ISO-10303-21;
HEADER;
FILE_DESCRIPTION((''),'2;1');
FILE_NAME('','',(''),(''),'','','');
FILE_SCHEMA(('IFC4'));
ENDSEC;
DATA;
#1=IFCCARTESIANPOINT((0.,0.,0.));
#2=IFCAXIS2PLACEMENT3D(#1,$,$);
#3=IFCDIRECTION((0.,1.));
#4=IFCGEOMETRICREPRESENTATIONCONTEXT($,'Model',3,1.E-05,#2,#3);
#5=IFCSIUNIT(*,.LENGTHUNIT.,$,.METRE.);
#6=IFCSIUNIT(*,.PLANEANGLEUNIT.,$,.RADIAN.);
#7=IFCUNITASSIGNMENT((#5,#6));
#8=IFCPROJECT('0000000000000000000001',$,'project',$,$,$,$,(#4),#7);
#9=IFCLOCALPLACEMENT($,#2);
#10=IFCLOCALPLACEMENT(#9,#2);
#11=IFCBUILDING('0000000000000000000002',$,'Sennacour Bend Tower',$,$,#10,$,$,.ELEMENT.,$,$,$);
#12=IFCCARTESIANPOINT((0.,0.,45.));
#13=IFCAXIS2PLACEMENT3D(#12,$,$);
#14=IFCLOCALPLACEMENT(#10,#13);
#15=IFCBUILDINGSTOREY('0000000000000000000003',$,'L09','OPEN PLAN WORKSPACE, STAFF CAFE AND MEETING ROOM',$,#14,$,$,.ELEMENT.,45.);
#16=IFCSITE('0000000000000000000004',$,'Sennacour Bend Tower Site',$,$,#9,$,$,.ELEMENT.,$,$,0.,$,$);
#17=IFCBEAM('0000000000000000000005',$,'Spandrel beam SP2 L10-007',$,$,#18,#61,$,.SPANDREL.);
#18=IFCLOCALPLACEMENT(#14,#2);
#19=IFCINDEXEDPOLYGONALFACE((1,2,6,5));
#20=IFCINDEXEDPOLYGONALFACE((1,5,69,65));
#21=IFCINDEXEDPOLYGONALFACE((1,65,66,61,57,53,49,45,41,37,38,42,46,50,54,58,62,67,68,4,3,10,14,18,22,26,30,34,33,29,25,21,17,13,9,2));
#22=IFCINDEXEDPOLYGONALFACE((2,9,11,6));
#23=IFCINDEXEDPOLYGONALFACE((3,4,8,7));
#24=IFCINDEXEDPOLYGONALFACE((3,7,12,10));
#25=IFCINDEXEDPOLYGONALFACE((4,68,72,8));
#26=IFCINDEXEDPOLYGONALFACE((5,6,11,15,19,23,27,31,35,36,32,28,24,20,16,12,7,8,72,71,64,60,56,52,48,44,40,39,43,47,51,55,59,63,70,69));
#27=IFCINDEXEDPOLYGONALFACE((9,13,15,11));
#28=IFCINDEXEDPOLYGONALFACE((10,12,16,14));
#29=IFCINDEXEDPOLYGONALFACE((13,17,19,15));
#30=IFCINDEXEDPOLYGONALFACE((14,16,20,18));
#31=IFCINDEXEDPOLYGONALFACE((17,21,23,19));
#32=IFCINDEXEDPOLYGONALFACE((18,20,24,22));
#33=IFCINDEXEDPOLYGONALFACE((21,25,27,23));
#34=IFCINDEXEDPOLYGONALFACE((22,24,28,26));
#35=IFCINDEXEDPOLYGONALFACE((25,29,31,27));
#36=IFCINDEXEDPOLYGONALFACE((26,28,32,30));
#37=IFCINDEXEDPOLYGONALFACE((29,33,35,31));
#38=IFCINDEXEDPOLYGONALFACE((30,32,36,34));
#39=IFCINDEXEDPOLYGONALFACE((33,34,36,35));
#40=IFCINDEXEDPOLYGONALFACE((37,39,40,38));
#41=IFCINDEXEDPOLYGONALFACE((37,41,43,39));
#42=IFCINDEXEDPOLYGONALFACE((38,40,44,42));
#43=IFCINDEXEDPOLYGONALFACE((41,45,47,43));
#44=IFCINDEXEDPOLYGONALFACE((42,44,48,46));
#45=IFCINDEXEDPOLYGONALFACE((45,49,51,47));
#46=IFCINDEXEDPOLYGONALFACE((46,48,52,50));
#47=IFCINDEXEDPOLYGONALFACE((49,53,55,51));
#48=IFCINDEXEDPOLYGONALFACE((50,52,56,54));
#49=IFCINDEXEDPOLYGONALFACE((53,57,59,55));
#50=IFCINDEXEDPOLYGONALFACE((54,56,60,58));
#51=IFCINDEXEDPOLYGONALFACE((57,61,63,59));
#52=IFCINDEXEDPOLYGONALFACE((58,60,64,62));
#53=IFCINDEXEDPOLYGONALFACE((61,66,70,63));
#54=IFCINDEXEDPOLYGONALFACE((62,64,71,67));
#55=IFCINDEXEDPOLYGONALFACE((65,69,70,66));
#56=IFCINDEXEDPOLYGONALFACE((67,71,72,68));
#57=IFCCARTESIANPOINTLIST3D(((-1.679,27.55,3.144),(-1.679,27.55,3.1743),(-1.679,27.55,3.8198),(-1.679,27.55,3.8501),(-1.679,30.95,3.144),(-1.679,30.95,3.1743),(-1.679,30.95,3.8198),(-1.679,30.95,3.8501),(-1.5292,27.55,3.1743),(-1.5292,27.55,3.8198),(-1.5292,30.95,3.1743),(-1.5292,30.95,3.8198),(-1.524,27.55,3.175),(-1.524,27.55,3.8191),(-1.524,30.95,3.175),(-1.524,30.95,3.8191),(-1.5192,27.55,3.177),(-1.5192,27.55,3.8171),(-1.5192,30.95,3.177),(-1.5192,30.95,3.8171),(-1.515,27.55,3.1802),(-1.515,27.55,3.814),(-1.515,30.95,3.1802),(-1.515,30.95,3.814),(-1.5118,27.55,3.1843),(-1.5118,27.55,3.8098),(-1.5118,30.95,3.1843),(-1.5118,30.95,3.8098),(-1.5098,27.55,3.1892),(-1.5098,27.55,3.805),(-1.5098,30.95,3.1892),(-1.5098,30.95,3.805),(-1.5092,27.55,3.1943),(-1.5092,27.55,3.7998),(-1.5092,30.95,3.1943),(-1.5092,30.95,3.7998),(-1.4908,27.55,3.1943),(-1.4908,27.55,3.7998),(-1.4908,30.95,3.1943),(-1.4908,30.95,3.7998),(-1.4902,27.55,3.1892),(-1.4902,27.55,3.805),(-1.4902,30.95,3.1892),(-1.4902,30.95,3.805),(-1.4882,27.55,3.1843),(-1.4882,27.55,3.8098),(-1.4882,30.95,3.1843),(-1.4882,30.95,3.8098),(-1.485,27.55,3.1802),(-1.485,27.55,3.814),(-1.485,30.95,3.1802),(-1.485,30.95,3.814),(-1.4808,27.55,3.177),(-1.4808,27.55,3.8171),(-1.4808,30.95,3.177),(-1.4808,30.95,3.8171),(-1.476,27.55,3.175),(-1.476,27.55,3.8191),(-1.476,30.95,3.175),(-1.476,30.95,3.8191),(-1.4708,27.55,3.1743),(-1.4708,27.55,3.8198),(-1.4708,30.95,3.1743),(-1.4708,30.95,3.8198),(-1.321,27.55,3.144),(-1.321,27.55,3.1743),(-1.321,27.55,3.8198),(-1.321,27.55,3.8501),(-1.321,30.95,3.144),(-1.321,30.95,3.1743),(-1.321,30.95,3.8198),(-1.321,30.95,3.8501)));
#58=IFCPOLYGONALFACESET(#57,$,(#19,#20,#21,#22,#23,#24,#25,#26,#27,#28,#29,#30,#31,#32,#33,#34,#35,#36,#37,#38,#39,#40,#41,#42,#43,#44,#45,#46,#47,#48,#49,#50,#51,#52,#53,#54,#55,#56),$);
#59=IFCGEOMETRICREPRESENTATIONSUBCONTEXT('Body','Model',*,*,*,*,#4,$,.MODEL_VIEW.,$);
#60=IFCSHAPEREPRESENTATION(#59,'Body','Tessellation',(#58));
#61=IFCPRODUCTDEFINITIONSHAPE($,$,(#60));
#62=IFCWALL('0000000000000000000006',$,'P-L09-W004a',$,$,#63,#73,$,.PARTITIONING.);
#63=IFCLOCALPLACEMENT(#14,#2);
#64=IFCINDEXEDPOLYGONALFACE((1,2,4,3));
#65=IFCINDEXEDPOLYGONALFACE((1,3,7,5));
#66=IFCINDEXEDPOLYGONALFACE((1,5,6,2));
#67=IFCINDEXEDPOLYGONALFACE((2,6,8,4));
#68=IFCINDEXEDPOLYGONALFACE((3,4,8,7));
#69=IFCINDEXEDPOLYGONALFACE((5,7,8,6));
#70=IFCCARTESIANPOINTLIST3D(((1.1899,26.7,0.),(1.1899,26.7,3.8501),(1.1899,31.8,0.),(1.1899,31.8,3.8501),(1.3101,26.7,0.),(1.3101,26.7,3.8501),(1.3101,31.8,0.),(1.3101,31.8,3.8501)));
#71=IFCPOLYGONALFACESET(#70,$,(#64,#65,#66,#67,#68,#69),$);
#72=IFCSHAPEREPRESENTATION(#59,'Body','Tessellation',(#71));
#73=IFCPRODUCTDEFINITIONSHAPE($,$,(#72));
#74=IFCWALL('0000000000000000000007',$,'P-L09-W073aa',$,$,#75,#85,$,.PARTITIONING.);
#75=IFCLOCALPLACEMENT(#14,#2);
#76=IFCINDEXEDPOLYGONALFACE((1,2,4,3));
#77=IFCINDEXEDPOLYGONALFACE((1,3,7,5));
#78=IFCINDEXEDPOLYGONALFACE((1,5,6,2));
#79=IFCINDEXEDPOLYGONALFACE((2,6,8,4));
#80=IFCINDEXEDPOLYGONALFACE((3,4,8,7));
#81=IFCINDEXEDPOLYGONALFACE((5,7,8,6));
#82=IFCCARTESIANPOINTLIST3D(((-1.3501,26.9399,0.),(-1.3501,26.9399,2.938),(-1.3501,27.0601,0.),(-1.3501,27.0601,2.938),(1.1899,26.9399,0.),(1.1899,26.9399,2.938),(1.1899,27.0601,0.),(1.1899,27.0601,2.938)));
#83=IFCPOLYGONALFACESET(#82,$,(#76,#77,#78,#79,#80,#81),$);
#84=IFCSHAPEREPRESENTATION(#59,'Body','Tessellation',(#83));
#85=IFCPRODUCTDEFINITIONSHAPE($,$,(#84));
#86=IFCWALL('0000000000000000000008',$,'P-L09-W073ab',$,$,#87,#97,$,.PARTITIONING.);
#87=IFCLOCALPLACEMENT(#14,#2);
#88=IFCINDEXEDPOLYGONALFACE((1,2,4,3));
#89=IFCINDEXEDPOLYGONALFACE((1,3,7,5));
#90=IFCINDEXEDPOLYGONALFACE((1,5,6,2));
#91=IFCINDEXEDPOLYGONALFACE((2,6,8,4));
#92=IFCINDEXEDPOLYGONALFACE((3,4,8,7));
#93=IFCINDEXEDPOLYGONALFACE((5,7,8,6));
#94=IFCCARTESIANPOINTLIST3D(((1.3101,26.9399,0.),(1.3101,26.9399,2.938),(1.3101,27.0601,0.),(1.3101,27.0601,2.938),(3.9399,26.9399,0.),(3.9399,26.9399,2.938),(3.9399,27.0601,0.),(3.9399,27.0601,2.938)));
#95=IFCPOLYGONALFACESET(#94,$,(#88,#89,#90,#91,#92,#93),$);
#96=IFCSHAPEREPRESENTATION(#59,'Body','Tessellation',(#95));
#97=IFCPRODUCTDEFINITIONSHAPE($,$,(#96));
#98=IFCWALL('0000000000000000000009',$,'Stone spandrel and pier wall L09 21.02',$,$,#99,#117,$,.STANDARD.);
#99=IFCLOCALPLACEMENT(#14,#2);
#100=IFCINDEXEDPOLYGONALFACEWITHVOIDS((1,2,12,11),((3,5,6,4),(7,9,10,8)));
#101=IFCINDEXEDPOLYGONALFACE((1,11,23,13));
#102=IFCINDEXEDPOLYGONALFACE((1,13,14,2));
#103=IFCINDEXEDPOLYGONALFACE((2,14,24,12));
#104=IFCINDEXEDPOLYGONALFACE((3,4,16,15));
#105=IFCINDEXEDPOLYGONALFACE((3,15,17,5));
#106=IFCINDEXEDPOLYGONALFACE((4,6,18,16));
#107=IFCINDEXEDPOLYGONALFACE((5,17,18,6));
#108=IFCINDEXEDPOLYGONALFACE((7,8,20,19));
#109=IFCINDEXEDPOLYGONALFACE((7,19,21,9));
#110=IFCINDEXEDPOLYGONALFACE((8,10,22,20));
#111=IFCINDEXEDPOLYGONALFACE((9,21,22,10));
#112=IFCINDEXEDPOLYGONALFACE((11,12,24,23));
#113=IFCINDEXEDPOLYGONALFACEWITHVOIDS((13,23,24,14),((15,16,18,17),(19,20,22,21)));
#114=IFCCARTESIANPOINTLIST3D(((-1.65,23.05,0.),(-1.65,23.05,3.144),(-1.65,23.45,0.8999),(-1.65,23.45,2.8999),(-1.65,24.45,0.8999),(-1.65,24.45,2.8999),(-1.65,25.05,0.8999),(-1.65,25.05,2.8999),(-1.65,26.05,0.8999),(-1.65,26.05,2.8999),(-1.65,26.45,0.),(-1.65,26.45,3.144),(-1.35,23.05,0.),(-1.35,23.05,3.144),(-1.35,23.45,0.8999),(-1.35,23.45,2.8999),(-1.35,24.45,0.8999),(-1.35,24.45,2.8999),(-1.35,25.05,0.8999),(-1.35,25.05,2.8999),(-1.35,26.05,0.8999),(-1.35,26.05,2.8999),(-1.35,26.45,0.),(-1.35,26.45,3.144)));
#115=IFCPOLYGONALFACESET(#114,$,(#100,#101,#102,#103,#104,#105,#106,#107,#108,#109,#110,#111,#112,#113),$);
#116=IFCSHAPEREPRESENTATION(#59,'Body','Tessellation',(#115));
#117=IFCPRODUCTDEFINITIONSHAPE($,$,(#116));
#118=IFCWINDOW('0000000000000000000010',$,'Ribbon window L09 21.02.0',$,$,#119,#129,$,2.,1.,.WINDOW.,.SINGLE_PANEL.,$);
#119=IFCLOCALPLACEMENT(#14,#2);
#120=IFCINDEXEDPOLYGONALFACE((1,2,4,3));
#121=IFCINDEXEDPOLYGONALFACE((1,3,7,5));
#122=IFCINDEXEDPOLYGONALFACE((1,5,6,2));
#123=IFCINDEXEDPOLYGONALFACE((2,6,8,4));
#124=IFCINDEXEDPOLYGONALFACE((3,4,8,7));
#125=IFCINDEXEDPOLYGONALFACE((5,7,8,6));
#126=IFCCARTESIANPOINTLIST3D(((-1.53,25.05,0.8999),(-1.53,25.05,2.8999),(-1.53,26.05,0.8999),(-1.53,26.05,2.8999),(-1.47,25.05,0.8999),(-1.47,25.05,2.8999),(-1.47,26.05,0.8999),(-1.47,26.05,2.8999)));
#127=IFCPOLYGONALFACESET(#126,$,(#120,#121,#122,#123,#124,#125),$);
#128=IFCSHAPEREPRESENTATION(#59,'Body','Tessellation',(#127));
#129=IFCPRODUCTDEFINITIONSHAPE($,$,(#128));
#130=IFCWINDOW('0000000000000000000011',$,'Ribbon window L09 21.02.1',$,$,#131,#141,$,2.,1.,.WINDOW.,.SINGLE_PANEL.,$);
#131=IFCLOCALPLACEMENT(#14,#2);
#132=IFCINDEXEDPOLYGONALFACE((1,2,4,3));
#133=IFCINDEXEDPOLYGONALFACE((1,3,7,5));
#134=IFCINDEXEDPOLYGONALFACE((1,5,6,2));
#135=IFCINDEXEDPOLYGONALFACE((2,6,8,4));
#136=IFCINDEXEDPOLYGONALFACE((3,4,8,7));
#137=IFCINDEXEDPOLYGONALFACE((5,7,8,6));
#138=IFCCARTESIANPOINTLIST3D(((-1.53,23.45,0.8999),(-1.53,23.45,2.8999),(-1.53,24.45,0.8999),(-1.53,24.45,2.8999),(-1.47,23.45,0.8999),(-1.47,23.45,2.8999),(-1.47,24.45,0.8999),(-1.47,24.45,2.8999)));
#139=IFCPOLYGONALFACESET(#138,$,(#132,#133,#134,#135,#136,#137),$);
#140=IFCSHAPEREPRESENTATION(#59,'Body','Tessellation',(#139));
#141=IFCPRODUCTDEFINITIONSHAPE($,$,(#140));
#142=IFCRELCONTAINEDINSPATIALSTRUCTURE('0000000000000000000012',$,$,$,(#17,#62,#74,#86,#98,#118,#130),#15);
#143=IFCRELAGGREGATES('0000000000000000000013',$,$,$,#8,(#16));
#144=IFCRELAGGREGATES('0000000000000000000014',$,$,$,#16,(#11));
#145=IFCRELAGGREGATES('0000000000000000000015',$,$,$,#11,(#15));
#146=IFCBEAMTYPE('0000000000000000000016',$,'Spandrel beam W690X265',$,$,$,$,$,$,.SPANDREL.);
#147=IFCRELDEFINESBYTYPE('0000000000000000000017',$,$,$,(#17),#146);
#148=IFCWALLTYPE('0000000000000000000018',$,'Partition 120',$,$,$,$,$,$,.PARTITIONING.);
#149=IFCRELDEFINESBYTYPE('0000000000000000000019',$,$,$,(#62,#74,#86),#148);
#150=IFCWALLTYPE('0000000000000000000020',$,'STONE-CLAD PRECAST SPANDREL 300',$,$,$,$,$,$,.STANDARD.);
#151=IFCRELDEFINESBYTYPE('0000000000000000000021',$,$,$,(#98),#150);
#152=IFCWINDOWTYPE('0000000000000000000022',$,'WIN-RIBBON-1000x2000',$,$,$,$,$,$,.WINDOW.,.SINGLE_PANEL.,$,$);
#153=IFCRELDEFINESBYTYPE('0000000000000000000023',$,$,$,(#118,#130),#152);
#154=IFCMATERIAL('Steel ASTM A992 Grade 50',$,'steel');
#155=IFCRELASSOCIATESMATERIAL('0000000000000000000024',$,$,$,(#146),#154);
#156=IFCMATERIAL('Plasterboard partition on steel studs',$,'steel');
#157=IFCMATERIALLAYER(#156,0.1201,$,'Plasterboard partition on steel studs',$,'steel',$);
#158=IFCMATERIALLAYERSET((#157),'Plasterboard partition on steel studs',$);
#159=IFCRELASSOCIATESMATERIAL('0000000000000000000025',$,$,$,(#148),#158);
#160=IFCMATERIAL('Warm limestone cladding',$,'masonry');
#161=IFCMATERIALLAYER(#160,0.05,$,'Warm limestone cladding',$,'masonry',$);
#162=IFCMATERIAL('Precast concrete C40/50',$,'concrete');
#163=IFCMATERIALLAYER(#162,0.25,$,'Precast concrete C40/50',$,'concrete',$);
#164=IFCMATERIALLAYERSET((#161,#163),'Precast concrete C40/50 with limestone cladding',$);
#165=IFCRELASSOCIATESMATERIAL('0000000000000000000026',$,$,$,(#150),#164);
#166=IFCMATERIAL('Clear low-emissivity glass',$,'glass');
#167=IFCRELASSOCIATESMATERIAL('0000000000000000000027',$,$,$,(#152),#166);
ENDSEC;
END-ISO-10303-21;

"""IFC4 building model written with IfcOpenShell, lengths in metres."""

from ifc_helpers import new_model, si_unit, direction, frame, frame_2d, origin, origin_2d, place, context, subcontext, project, spatial, rectangle, i_section, extrude, material, layer, layer_set, material_profile, profile_set, type_object, element, fill, save


model = new_model("IFC4")

# Units and contexts
model_context = context("Model", 3, precision=1e-05, world=origin(), true_north=direction((0.0, 1.0)))
body_context = subcontext(model_context, "Body", "Model", "MODEL_VIEW")
ifc_project = project(units=[si_unit("LENGTHUNIT", "METRE"), si_unit("PLANEANGLEUNIT", "RADIAN")], contexts=[model_context])

# Site, building, storey
site_placement = place(None, origin())
site = spatial("IfcSite", under=ifc_project, at=site_placement, Name="Sennacour Bend Tower Site", CompositionType="ELEMENT", RefElevation=0.0)
building_placement = place(site_placement, origin())
building = spatial("IfcBuilding", under=site, at=building_placement, Name="Sennacour Bend Tower", CompositionType="ELEMENT")
storey_placement = place(building_placement, frame((0.0, 0.0, 45.0)))
storey = spatial("IfcBuildingStorey", under=building, at=storey_placement, Name="L09", Description="OPEN PLAN WORKSPACE, STAFF CAFE AND MEETING ROOM", CompositionType="ELEMENT", Elevation=45.0)

# Beam
ifc_material_1 = material(Name="Steel ASTM A992 Grade 50", Category="steel")
ifc_material_profile_1 = material_profile(ifc_material_1, i_section(OverallWidth=0.3579, OverallDepth=0.7061, WebThickness=0.0183, FlangeThickness=0.0303, FilletRadius=0.02, at=origin_2d()), Name="Steel ASTM A992 Grade 50", Category="steel")
ifc_profile_set_1 = profile_set([ifc_material_profile_1], Name="Steel ASTM A992 Grade 50")
beam_type_1 = type_object("IfcBeamType", Name="Spandrel beam W690X265", PredefinedType="SPANDREL", material=ifc_profile_set_1)
for number, where, z_axis, x_axis, name in (
    (1, (-1.5, 27.55, 3.4971), (0.0, 1.0, 0.0), (-1.0, 0.0, 0.0), "Spandrel beam SP2 L10-007"),
):
    element("IfcBeam", number, at=place(storey_placement, frame(where, z_axis=z_axis, x_axis=x_axis)), inside=storey, type_object=beam_type_1, Name=name, PredefinedType="SPANDREL", context=body_context, shape_type="SweptSolid", body=[
        extrude(i_section(OverallWidth=0.3579, OverallDepth=0.7061, WebThickness=0.0183, FlangeThickness=0.0303, FilletRadius=0.02, at=origin_2d()), origin(), (0.0, 0.0, 1.0), 3.3999),
    ])

# Walls
ifc_material_2 = material(Name="Plasterboard partition on steel studs", Category="steel")
ifc_layer_1 = layer(ifc_material_2, 0.1201, Name="Plasterboard partition on steel studs", Category="steel")
ifc_layer_set_1 = layer_set([ifc_layer_1], Name="Plasterboard partition on steel studs")
wall_type_1 = type_object("IfcWallType", Name="Partition 120", PredefinedType="PARTITIONING", material=ifc_layer_set_1)
wall_1_placement = place(storey_placement, frame((1.25, 26.7, 0.0), z_axis=(0.0, 0.0, 1.0), x_axis=(0.0, 1.0, 0.0)))
element("IfcWall", 2, at=wall_1_placement, inside=storey, type_object=wall_type_1, Name="P-L09-W004a", PredefinedType="PARTITIONING", context=body_context, shape_type="SweptSolid", body=[
    extrude(rectangle(XDim=5.1001, YDim=0.1201, at=frame_2d((2.55, 0.0))), origin(), (0.0, 0.0, 1.0), 3.8501),
])
wall_2_placement = place(storey_placement, frame((-1.3501, 27.0, 0.0), z_axis=(0.0, 0.0, 1.0), x_axis=(1.0, 0.0, 0.0)))
element("IfcWall", 3, at=wall_2_placement, inside=storey, type_object=wall_type_1, Name="P-L09-W073aa", PredefinedType="PARTITIONING", context=body_context, shape_type="SweptSolid", body=[
    extrude(rectangle(XDim=2.54, YDim=0.1201, at=frame_2d((1.27, 0.0))), origin(), (0.0, 0.0, 1.0), 2.938),
])
wall_3_placement = place(storey_placement, frame((1.3101, 27.0, 0.0), z_axis=(0.0, 0.0, 1.0), x_axis=(1.0, 0.0, 0.0)))
element("IfcWall", 4, at=wall_3_placement, inside=storey, type_object=wall_type_1, Name="P-L09-W073ab", PredefinedType="PARTITIONING", context=body_context, shape_type="SweptSolid", body=[
    extrude(rectangle(XDim=2.6299, YDim=0.1201, at=frame_2d((1.3149, 0.0))), origin(), (0.0, 0.0, 1.0), 2.938),
])

# Wall, openings, windows
ifc_material_3 = material(Name="Warm limestone cladding", Category="masonry")
ifc_layer_2 = layer(ifc_material_3, 0.05, Name="Warm limestone cladding", Category="masonry")
ifc_material_4 = material(Name="Precast concrete C40/50", Category="concrete")
ifc_layer_3 = layer(ifc_material_4, 0.25, Name="Precast concrete C40/50", Category="concrete")
ifc_layer_set_2 = layer_set([ifc_layer_2, ifc_layer_3], Name="Precast concrete C40/50 with limestone cladding")
wall_type_2 = type_object("IfcWallType", Name="STONE-CLAD PRECAST SPANDREL 300", PredefinedType="STANDARD", material=ifc_layer_set_2)
wall_4_placement = place(storey_placement, frame((-1.5, 26.45, 0.0), z_axis=(0.0, 0.0, 1.0), x_axis=(0.0, -1.0, 0.0)))
wall_4 = element("IfcWall", 5, at=wall_4_placement, inside=storey, type_object=wall_type_2, Name="Stone spandrel and pier wall L09 21.02", PredefinedType="STANDARD", context=body_context, shape_type="SweptSolid", body=[
    extrude(rectangle(XDim=3.3999, YDim=0.3, at=frame_2d((1.7, 0.0))), origin(), (0.0, 0.0, 1.0), 3.144),
])
opening_1_placement = place(wall_4_placement, frame((0.3999, 0.0, 0.8999)))
opening_1 = element("IfcOpeningElement", 6, at=opening_1_placement, cuts=wall_4, PredefinedType="OPENING", context=body_context, shape_type="SweptSolid", body=[
    extrude(rectangle(XDim=1.0, YDim=2.0, at=frame_2d((0.5, 1.0))), frame((0.0, 0.1602, 0.0), z_axis=(0.0, -1.0, 0.0), x_axis=(1.0, 0.0, 0.0)), (0.0, 0.0, 1.0), 0.3201),
])
opening_2_placement = place(wall_4_placement, frame((2.0, 0.0, 0.8999)))
opening_2 = element("IfcOpeningElement", 7, at=opening_2_placement, cuts=wall_4, PredefinedType="OPENING", context=body_context, shape_type="SweptSolid", body=[
    extrude(rectangle(XDim=1.0, YDim=2.0, at=frame_2d((0.5, 1.0))), frame((0.0, 0.1602, 0.0), z_axis=(0.0, -1.0, 0.0), x_axis=(1.0, 0.0, 0.0)), (0.0, 0.0, 1.0), 0.3201),
])
ifc_material_5 = material(Name="Clear low-emissivity glass", Category="glass")
window_type = type_object("IfcWindowType", Name="WIN-RIBBON-1000x2000", PartitioningType="SINGLE_PANEL", PredefinedType="WINDOW", material=ifc_material_5)
window_1_placement = place(opening_1_placement, origin())
window_1 = element("IfcWindow", 8, at=window_1_placement, inside=storey, type_object=window_type, Name="Ribbon window L09 21.02.0", OverallHeight=2.0, OverallWidth=1.0, PartitioningType="SINGLE_PANEL", PredefinedType="WINDOW", context=body_context, shape_type="SweptSolid", body=[
    extrude(rectangle(XDim=1.0, YDim=2.0, at=frame_2d((0.5, 1.0))), frame((0.0, 0.03, 0.0), z_axis=(0.0, -1.0, 0.0), x_axis=(1.0, 0.0, 0.0)), (0.0, 0.0, 1.0), 0.0601),
])
fill(opening_1, window_1)
window_2_placement = place(opening_2_placement, origin())
window_2 = element("IfcWindow", 9, at=window_2_placement, inside=storey, type_object=window_type, Name="Ribbon window L09 21.02.1", OverallHeight=2.0, OverallWidth=1.0, PartitioningType="SINGLE_PANEL", PredefinedType="WINDOW", context=body_context, shape_type="SweptSolid", body=[
    extrude(rectangle(XDim=1.0, YDim=2.0, at=frame_2d((0.5, 1.0))), frame((0.0, 0.03, 0.0), z_axis=(0.0, -1.0, 0.0), x_axis=(1.0, 0.0, 0.0)), (0.0, 0.0, 1.0), 0.0601),
])
fill(opening_2, window_2)

save(model, "model.ifc")
